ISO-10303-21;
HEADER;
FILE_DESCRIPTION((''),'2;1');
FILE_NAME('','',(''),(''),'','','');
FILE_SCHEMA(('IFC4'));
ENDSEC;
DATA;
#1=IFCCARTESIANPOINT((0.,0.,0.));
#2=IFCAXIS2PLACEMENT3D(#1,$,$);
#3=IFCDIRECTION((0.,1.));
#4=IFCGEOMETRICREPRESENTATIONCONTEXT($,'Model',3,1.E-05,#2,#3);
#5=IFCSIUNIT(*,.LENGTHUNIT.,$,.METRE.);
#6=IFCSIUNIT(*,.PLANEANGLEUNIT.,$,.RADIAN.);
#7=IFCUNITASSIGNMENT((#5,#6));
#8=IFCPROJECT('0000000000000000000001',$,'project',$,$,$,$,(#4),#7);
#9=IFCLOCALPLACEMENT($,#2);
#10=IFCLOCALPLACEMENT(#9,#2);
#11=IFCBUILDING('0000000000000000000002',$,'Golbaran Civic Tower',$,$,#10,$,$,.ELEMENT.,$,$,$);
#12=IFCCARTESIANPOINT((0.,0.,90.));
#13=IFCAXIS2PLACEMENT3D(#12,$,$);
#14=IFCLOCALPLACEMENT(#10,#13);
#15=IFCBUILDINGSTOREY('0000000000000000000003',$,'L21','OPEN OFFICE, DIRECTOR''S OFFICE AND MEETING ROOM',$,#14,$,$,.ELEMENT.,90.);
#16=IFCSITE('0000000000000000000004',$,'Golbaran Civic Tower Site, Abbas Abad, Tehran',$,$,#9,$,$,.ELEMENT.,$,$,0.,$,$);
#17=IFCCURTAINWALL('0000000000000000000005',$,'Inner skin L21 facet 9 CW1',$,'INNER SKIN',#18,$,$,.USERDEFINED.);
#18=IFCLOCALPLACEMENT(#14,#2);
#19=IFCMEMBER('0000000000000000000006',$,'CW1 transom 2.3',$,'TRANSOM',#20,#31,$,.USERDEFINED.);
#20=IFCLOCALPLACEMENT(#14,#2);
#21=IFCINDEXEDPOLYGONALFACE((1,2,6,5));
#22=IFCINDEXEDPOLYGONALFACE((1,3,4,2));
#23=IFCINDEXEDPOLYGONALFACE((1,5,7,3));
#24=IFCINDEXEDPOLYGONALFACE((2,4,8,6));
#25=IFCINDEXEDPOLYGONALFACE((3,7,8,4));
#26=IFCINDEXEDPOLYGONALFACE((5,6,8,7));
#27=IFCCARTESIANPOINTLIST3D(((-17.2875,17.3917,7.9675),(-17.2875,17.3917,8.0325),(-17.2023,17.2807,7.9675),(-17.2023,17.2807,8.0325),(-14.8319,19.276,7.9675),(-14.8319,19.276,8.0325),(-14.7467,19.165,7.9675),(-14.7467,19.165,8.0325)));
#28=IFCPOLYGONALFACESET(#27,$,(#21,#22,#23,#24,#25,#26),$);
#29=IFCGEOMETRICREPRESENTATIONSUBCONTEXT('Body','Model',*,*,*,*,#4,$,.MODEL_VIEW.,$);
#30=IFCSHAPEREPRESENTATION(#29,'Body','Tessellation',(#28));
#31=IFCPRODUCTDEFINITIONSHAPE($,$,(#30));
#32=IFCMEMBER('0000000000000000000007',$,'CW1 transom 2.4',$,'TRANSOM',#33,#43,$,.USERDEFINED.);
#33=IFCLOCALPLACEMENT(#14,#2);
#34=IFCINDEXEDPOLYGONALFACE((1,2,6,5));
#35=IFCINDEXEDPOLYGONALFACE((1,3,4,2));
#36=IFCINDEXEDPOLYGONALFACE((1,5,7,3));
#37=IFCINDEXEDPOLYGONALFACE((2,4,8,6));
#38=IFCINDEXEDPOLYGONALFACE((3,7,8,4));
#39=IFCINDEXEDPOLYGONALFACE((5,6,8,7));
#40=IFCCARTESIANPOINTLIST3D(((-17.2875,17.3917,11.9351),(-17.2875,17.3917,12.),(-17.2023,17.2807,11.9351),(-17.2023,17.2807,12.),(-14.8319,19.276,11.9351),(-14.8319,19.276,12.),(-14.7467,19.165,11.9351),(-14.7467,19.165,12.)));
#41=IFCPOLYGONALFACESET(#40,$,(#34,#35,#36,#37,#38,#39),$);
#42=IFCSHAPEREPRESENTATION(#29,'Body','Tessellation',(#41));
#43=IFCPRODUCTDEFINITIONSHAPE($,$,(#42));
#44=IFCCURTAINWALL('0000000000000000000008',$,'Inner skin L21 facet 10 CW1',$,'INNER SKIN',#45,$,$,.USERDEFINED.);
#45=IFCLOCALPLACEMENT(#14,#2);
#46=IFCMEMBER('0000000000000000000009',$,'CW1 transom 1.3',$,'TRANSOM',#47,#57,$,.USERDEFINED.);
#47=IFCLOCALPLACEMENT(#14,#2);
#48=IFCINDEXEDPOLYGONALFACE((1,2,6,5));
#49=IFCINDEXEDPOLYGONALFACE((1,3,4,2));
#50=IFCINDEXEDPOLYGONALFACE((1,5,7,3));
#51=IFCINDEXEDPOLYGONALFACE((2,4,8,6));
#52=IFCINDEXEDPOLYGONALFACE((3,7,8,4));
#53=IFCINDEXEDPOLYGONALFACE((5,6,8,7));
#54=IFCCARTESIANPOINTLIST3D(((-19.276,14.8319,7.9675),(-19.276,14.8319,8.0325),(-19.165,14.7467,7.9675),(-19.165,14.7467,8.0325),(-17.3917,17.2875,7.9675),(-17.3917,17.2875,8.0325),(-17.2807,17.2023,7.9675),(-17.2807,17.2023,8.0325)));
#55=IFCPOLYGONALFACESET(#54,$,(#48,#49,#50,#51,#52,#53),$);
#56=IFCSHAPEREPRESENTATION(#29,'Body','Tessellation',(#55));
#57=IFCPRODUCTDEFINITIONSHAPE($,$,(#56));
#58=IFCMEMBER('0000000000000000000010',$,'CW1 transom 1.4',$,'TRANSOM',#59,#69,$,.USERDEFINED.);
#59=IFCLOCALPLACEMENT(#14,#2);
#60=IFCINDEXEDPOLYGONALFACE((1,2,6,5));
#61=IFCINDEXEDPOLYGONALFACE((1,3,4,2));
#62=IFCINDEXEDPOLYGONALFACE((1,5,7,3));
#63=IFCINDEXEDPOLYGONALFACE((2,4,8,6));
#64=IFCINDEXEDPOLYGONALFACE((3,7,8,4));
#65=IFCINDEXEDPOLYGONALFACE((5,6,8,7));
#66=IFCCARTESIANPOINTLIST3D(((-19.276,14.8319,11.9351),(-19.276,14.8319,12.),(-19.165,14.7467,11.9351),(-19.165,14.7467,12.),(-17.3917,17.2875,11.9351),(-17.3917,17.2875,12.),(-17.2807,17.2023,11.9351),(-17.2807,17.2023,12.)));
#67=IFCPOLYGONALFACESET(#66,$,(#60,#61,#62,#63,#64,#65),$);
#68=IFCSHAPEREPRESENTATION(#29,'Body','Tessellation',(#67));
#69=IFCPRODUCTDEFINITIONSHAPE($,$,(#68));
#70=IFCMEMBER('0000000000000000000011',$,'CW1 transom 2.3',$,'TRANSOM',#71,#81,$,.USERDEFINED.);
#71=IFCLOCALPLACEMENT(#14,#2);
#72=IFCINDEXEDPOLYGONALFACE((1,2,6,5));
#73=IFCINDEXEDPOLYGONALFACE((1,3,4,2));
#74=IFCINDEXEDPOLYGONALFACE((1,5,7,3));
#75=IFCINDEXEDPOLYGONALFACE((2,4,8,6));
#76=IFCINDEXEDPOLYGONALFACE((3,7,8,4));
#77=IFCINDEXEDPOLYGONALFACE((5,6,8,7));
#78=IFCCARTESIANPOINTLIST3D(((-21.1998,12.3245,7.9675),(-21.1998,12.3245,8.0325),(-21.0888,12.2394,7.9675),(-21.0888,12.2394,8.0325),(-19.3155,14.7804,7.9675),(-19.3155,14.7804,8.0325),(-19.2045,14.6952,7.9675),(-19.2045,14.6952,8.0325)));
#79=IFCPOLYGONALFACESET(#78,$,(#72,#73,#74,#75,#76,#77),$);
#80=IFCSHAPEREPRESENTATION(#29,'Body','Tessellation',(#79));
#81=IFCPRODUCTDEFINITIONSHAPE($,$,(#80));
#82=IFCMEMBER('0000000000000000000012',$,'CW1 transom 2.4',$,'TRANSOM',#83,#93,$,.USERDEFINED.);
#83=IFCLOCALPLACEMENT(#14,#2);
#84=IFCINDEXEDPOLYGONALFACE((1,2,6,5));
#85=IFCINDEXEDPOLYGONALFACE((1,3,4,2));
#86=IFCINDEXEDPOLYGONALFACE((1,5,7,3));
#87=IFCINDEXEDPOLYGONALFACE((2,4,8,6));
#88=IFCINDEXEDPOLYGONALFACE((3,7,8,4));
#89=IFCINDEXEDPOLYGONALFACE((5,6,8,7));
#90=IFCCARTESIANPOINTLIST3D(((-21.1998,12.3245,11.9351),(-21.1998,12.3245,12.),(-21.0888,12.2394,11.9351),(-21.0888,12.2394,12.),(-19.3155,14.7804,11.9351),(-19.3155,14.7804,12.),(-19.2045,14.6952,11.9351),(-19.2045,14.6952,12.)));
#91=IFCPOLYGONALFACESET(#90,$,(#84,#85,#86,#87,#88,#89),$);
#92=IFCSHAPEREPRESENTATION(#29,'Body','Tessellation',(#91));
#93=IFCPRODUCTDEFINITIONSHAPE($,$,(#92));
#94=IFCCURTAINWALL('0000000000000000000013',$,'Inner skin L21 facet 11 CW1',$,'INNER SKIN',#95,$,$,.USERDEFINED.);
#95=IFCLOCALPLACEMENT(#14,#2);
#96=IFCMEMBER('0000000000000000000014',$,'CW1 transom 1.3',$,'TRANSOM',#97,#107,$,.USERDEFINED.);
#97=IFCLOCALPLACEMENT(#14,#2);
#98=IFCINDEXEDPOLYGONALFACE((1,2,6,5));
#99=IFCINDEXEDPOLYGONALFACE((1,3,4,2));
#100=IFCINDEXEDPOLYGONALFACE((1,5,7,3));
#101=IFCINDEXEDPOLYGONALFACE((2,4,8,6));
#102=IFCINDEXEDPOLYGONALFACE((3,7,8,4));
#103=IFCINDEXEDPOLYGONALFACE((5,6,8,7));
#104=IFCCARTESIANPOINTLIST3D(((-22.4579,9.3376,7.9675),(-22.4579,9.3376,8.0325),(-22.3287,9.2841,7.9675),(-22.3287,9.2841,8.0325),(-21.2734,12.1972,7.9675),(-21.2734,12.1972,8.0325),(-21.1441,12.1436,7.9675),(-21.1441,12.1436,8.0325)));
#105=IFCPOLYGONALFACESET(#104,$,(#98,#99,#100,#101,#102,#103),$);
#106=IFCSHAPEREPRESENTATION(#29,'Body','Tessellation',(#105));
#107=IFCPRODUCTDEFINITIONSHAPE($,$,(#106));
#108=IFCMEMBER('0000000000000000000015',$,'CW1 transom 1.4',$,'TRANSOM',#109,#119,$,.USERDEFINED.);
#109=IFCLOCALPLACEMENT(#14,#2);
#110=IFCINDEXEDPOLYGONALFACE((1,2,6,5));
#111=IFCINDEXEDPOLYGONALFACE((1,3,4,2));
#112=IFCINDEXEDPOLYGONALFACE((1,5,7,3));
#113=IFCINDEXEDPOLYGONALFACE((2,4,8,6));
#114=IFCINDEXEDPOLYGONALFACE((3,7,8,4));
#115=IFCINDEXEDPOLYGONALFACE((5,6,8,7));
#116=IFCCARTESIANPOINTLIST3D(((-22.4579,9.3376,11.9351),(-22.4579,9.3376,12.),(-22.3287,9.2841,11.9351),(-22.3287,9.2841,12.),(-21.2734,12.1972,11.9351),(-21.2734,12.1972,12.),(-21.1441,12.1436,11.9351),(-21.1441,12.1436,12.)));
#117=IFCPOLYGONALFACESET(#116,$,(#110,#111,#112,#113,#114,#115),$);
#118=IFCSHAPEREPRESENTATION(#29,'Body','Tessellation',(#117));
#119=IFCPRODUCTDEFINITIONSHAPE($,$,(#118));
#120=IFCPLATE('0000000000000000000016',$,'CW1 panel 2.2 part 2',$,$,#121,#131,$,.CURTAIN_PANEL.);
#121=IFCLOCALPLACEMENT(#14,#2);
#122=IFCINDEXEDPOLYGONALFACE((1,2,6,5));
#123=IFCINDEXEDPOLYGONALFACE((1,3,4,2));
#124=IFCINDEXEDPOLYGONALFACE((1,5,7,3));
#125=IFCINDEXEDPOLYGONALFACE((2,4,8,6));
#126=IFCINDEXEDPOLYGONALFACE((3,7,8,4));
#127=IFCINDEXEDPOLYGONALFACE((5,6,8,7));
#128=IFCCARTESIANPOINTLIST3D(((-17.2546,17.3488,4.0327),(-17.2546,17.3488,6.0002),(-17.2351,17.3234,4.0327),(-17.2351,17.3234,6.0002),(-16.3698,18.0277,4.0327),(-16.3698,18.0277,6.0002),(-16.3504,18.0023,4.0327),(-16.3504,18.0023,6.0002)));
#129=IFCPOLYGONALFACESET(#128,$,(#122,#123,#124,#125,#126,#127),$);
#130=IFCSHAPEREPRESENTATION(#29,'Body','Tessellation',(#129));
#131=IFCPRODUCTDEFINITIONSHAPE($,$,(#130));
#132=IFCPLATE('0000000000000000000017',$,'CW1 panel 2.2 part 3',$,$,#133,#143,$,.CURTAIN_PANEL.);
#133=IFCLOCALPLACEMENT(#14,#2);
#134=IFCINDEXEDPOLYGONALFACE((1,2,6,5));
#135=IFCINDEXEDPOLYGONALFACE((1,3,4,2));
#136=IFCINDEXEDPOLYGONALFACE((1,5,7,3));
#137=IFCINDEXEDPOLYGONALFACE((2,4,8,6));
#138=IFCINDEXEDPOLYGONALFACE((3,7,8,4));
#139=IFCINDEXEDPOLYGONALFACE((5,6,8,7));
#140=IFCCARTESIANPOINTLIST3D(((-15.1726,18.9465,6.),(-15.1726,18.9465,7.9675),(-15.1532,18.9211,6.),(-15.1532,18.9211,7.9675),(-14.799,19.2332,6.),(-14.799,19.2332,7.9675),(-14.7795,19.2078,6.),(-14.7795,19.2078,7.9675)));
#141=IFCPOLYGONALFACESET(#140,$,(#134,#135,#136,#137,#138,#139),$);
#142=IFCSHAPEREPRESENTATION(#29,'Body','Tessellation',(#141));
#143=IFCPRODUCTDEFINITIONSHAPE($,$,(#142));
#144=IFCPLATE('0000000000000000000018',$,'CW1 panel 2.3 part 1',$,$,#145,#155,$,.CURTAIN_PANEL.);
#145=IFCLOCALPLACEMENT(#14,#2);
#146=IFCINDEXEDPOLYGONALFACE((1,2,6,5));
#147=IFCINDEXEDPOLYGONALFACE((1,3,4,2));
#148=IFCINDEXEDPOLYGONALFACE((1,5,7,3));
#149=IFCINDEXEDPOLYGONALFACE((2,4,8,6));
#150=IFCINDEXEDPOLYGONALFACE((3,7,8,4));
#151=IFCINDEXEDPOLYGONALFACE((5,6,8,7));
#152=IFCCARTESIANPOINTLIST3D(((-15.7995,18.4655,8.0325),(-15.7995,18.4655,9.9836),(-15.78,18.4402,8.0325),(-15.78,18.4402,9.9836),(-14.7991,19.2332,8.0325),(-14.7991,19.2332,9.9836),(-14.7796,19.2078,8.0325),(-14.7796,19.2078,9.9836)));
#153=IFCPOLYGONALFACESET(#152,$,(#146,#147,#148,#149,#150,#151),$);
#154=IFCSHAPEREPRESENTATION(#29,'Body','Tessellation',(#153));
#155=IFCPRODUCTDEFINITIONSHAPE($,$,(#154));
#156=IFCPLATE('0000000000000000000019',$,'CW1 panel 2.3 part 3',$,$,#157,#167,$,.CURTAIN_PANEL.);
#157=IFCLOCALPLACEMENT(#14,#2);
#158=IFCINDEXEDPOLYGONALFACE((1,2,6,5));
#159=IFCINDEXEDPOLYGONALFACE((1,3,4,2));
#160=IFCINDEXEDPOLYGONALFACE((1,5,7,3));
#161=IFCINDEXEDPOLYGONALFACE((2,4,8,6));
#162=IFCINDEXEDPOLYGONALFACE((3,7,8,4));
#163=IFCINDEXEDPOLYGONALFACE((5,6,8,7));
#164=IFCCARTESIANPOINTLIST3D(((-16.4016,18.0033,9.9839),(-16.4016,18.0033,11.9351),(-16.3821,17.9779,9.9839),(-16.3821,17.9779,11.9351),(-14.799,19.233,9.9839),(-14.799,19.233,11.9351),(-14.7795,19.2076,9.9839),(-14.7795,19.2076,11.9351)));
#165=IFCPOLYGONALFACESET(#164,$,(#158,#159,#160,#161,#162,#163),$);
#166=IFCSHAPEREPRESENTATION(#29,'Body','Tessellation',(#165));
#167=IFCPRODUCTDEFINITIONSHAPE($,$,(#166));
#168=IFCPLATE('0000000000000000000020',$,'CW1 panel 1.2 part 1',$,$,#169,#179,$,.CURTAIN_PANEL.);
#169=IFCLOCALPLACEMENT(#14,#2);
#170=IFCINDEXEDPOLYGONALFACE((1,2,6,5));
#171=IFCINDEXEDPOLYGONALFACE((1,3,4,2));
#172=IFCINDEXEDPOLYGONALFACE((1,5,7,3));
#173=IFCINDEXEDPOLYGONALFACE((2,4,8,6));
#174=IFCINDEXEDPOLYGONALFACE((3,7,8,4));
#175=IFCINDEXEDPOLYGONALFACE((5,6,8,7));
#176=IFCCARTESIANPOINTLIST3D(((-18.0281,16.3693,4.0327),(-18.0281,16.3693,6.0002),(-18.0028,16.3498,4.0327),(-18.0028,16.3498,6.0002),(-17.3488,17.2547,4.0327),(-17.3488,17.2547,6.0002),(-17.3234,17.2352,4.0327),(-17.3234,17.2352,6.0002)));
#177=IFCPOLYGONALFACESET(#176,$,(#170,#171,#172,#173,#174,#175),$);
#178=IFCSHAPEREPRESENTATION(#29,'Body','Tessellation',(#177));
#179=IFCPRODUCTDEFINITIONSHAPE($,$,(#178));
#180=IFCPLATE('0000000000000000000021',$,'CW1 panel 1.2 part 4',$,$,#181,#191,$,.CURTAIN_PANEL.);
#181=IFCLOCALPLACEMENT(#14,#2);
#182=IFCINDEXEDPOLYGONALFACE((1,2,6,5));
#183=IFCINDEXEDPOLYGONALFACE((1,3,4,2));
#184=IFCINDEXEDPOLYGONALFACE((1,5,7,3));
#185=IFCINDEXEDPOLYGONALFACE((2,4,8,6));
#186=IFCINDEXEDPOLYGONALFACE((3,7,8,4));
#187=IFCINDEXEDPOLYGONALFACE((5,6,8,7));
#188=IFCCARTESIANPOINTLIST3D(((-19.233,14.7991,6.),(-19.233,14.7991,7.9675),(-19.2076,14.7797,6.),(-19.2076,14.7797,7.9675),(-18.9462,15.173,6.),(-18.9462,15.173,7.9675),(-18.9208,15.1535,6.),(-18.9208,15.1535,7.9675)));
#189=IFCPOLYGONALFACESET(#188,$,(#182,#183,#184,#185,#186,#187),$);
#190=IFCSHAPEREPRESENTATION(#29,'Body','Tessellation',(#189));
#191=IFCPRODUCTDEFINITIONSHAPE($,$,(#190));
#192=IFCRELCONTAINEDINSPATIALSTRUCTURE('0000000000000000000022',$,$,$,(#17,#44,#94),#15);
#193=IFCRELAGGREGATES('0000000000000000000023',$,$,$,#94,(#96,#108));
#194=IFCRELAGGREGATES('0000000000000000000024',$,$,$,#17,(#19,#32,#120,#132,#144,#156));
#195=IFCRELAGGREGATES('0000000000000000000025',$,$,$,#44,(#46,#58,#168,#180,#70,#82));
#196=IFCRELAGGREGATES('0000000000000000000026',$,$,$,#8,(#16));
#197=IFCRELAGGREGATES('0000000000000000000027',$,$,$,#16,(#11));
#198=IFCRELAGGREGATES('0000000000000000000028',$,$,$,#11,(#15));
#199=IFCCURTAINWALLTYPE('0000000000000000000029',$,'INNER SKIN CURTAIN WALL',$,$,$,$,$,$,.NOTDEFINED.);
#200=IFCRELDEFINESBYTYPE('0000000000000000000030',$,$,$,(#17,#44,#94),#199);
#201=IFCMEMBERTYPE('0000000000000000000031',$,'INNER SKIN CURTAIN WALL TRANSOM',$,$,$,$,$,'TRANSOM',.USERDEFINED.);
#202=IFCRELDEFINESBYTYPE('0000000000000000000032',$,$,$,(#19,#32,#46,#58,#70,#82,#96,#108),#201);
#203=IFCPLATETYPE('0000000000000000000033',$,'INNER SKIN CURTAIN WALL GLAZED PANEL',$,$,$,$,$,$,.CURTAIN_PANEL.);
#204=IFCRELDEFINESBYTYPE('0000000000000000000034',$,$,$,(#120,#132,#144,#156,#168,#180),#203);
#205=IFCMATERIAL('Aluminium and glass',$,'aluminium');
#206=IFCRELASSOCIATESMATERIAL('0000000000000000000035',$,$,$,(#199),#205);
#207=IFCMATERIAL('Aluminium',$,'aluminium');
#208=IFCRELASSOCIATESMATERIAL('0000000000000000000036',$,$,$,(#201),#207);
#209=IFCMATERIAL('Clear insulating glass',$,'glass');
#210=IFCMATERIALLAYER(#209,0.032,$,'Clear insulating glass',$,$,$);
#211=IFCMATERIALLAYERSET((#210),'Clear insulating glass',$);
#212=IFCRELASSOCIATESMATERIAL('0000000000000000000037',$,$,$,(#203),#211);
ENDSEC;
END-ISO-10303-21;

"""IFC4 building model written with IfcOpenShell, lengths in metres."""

from ifc_helpers import new_model, si_unit, direction, frame, origin, origin_2d, place, context, subcontext, project, spatial, rectangle, extrude, material, layer, layer_set, material_profile, profile_set, type_object, element, aggregate, save


model = new_model("IFC4")

# Units and contexts
model_context = context("Model", 3, precision=1e-05, world=origin(), true_north=direction((0.0, 1.0)))
body_context = subcontext(model_context, "Body", "Model", "MODEL_VIEW")
ifc_project = project(units=[si_unit("LENGTHUNIT", "METRE"), si_unit("PLANEANGLEUNIT", "RADIAN")], contexts=[model_context])

# Site, building, storey
site_placement = place(None, origin())
site = spatial("IfcSite", under=ifc_project, at=site_placement, Name="Golbaran Civic Tower Site, Abbas Abad, Tehran", CompositionType="ELEMENT", RefElevation=0.0)
building_placement = place(site_placement, origin())
building = spatial("IfcBuilding", under=site, at=building_placement, Name="Golbaran Civic Tower", CompositionType="ELEMENT")
storey_placement = place(building_placement, frame((0.0, 0.0, 90.0)))
storey = spatial("IfcBuildingStorey", under=building, at=storey_placement, Name="L21", Description="OPEN OFFICE, DIRECTOR'S OFFICE AND MEETING ROOM", CompositionType="ELEMENT", Elevation=90.0)

# Curtain walls, members
ifc_material_1 = material(Name="Aluminium and glass", Category="aluminium")
curtain_wall_type = type_object("IfcCurtainWallType", Name="INNER SKIN CURTAIN WALL", PredefinedType="NOTDEFINED", material=ifc_material_1)
curtain_wall_1_placement = place(storey_placement, origin())
curtain_wall_1 = element("IfcCurtainWall", 1, at=curtain_wall_1_placement, inside=storey, type_object=curtain_wall_type, Name="Inner skin L21 facet 9 CW1", ObjectType="INNER SKIN", PredefinedType="USERDEFINED")
ifc_material_2 = material(Name="Aluminium", Category="aluminium")
ifc_material_profile = material_profile(ifc_material_2, rectangle(XDim=0.1399, YDim=0.0649, at=origin_2d()), Name="INNER SKIN CURTAIN WALL TRANSOM")
ifc_profile_set = profile_set([ifc_material_profile], Name="Aluminium")
member_type = type_object("IfcMemberType", Name="INNER SKIN CURTAIN WALL TRANSOM", ElementType="TRANSOM", PredefinedType="USERDEFINED", material=ifc_profile_set)
member_1_placement = place(storey_placement, frame((-14.7893, 19.2205, 8.0), z_axis=(-0.793345, -0.608773, 0.0), x_axis=(0.608773, -0.793345, 0.0)))
member_1 = element("IfcMember", 2, at=member_1_placement, type_object=member_type, Name="CW1 transom 2.3", ObjectType="TRANSOM", PredefinedType="USERDEFINED", context=body_context, shape_type="SweptSolid", body=[
    extrude(rectangle(XDim=0.1399, YDim=0.0649, at=origin_2d()), origin(), (0.0, 0.0, 1.0), 3.0952),
])
member_2_placement = place(storey_placement, frame((-14.7893, 19.2205, 11.9675), z_axis=(-0.793345, -0.608773, 0.0), x_axis=(0.608773, -0.793345, 0.0)))
member_2 = element("IfcMember", 3, at=member_2_placement, type_object=member_type, Name="CW1 transom 2.4", ObjectType="TRANSOM", PredefinedType="USERDEFINED", context=body_context, shape_type="SweptSolid", body=[
    extrude(rectangle(XDim=0.1399, YDim=0.0649, at=origin_2d()), origin(), (0.0, 0.0, 1.0), 3.0952),
])
curtain_wall_2_placement = place(storey_placement, origin())
curtain_wall_2 = element("IfcCurtainWall", 4, at=curtain_wall_2_placement, inside=storey, type_object=curtain_wall_type, Name="Inner skin L21 facet 10 CW1", ObjectType="INNER SKIN", PredefinedType="USERDEFINED")
member_3_placement = place(storey_placement, frame((-17.3362, 17.2449, 8.0), z_axis=(-0.608773, -0.793345, 0.0), x_axis=(0.793345, -0.608773, 0.0)))
member_3 = element("IfcMember", 5, at=member_3_placement, type_object=member_type, Name="CW1 transom 1.3", ObjectType="TRANSOM", PredefinedType="USERDEFINED", context=body_context, shape_type="SweptSolid", body=[
    extrude(rectangle(XDim=0.1399, YDim=0.0649, at=origin_2d()), origin(), (0.0, 0.0, 1.0), 3.0952),
])
member_4_placement = place(storey_placement, frame((-17.3362, 17.2449, 11.9675), z_axis=(-0.608773, -0.793345, 0.0), x_axis=(0.793345, -0.608773, 0.0)))
member_4 = element("IfcMember", 6, at=member_4_placement, type_object=member_type, Name="CW1 transom 1.4", ObjectType="TRANSOM", PredefinedType="USERDEFINED", context=body_context, shape_type="SweptSolid", body=[
    extrude(rectangle(XDim=0.1399, YDim=0.0649, at=origin_2d()), origin(), (0.0, 0.0, 1.0), 3.0952),
])
member_5_placement = place(storey_placement, frame((-19.26, 14.7378, 8.0), z_axis=(-0.608735, -0.793374, 0.0), x_axis=(0.793374, -0.608735, 0.0)))
member_5 = element("IfcMember", 7, at=member_5_placement, type_object=member_type, Name="CW1 transom 2.3", ObjectType="TRANSOM", PredefinedType="USERDEFINED", context=body_context, shape_type="SweptSolid", body=[
    extrude(rectangle(XDim=0.1399, YDim=0.0649, at=origin_2d()), origin(), (0.0, 0.0, 1.0), 3.0955),
])
member_6_placement = place(storey_placement, frame((-19.26, 14.7378, 11.9675), z_axis=(-0.608735, -0.793374, 0.0), x_axis=(0.793374, -0.608735, 0.0)))
member_6 = element("IfcMember", 8, at=member_6_placement, type_object=member_type, Name="CW1 transom 2.4", ObjectType="TRANSOM", PredefinedType="USERDEFINED", context=body_context, shape_type="SweptSolid", body=[
    extrude(rectangle(XDim=0.1399, YDim=0.0649, at=origin_2d()), origin(), (0.0, 0.0, 1.0), 3.0955),
])
curtain_wall_3_placement = place(storey_placement, origin())
curtain_wall_3 = element("IfcCurtainWall", 9, at=curtain_wall_3_placement, inside=storey, type_object=curtain_wall_type, Name="Inner skin L21 facet 11 CW1", ObjectType="INNER SKIN", PredefinedType="USERDEFINED")
member_7_placement = place(storey_placement, frame((-21.2087, 12.1704, 8.0), z_axis=(-0.382705, -0.923871, 0.0), x_axis=(0.923871, -0.382705, 0.0)))
member_7 = element("IfcMember", 10, at=member_7_placement, type_object=member_type, Name="CW1 transom 1.3", ObjectType="TRANSOM", PredefinedType="USERDEFINED", context=body_context, shape_type="SweptSolid", body=[
    extrude(rectangle(XDim=0.1399, YDim=0.0649, at=origin_2d()), origin(), (0.0, 0.0, 1.0), 3.0952),
])
member_8_placement = place(storey_placement, frame((-21.2087, 12.1704, 11.9675), z_axis=(-0.382705, -0.923871, 0.0), x_axis=(0.923871, -0.382705, 0.0)))
member_8 = element("IfcMember", 11, at=member_8_placement, type_object=member_type, Name="CW1 transom 1.4", ObjectType="TRANSOM", PredefinedType="USERDEFINED", context=body_context, shape_type="SweptSolid", body=[
    extrude(rectangle(XDim=0.1399, YDim=0.0649, at=origin_2d()), origin(), (0.0, 0.0, 1.0), 3.0952),
])

# Plates
ifc_material_3 = material(Name="Clear insulating glass", Category="glass")
ifc_layer_1 = layer(ifc_material_3, 0.032, Name="Clear insulating glass")
ifc_layer_set_1 = layer_set([ifc_layer_1], Name="Clear insulating glass")
plate_type_1 = type_object("IfcPlateType", Name="INNER SKIN CURTAIN WALL GLAZED PANEL", PredefinedType="CURTAIN_PANEL", material=ifc_layer_set_1)
plate_1_placement = place(storey_placement, frame((-16.8025, 17.6755, 4.0327), z_axis=(0.0, 0.0, 1.0), x_axis=(-0.793353, -0.608761, 0.0)))
plate_1 = element("IfcPlate", 12, at=plate_1_placement, type_object=plate_type_1, Name="CW1 panel 2.2 part 2", PredefinedType="CURTAIN_PANEL", context=body_context, shape_type="SweptSolid", body=[
    extrude(rectangle(XDim=1.1152, YDim=0.032, at=origin_2d()), origin(), (0.0, 0.0, 1.0), 1.9675),
])
plate_2_placement = place(storey_placement, frame((-14.9761, 19.0771, 6.0), z_axis=(0.0, 0.0, 1.0), x_axis=(-0.793353, -0.608761, 0.0)))
plate_2 = element("IfcPlate", 13, at=plate_2_placement, type_object=plate_type_1, Name="CW1 panel 2.2 part 3", PredefinedType="CURTAIN_PANEL", context=body_context, shape_type="SweptSolid", body=[
    extrude(rectangle(XDim=0.4709, YDim=0.032, at=origin_2d()), origin(), (0.0, 0.0, 1.0), 1.9675),
])
plate_3_placement = place(storey_placement, frame((-15.2896, 18.8367, 8.0325), z_axis=(0.0, 0.0, 1.0), x_axis=(-0.793353, -0.608761, 0.0)))
plate_3 = element("IfcPlate", 14, at=plate_3_placement, type_object=plate_type_1, Name="CW1 panel 2.3 part 1", PredefinedType="CURTAIN_PANEL", context=body_context, shape_type="SweptSolid", body=[
    extrude(rectangle(XDim=1.261, YDim=0.032, at=origin_2d()), origin(), (0.0, 0.0, 1.0), 1.9512),
])
plate_4_placement = place(storey_placement, frame((-15.5906, 18.6055, 9.9839), z_axis=(0.0, 0.0, 1.0), x_axis=(-0.793353, -0.608761, 0.0)))
plate_4 = element("IfcPlate", 15, at=plate_4_placement, type_object=plate_type_1, Name="CW1 panel 2.3 part 3", PredefinedType="CURTAIN_PANEL", context=body_context, shape_type="SweptSolid", body=[
    extrude(rectangle(XDim=2.02, YDim=0.032, at=origin_2d()), origin(), (0.0, 0.0, 1.0), 1.9512),
])
plate_5_placement = place(storey_placement, frame((-17.6758, 16.8022, 4.0327), z_axis=(0.0, 0.0, 1.0), x_axis=(-0.608761, -0.793353, 0.0)))
plate_5 = element("IfcPlate", 16, at=plate_5_placement, type_object=plate_type_1, Name="CW1 panel 1.2 part 1", PredefinedType="CURTAIN_PANEL", context=body_context, shape_type="SweptSolid", body=[
    extrude(rectangle(XDim=1.116, YDim=0.032, at=origin_2d()), origin(), (0.0, 0.0, 1.0), 1.9675),
])
plate_6_placement = place(storey_placement, frame((-19.0769, 14.9763, 6.0), z_axis=(0.0, 0.0, 1.0), x_axis=(-0.608761, -0.793353, 0.0)))
plate_6 = element("IfcPlate", 17, at=plate_6_placement, type_object=plate_type_1, Name="CW1 panel 1.2 part 4", PredefinedType="CURTAIN_PANEL", context=body_context, shape_type="SweptSolid", body=[
    extrude(rectangle(XDim=0.4712, YDim=0.032, at=origin_2d()), origin(), (0.0, 0.0, 1.0), 1.9675),
])
aggregate(curtain_wall_3, [member_7, member_8])
aggregate(curtain_wall_1, [member_1, member_2, plate_1, plate_2, plate_3, plate_4])
aggregate(curtain_wall_2, [member_3, member_4, plate_5, plate_6, member_5, member_6])

save(model, "model.ifc")
